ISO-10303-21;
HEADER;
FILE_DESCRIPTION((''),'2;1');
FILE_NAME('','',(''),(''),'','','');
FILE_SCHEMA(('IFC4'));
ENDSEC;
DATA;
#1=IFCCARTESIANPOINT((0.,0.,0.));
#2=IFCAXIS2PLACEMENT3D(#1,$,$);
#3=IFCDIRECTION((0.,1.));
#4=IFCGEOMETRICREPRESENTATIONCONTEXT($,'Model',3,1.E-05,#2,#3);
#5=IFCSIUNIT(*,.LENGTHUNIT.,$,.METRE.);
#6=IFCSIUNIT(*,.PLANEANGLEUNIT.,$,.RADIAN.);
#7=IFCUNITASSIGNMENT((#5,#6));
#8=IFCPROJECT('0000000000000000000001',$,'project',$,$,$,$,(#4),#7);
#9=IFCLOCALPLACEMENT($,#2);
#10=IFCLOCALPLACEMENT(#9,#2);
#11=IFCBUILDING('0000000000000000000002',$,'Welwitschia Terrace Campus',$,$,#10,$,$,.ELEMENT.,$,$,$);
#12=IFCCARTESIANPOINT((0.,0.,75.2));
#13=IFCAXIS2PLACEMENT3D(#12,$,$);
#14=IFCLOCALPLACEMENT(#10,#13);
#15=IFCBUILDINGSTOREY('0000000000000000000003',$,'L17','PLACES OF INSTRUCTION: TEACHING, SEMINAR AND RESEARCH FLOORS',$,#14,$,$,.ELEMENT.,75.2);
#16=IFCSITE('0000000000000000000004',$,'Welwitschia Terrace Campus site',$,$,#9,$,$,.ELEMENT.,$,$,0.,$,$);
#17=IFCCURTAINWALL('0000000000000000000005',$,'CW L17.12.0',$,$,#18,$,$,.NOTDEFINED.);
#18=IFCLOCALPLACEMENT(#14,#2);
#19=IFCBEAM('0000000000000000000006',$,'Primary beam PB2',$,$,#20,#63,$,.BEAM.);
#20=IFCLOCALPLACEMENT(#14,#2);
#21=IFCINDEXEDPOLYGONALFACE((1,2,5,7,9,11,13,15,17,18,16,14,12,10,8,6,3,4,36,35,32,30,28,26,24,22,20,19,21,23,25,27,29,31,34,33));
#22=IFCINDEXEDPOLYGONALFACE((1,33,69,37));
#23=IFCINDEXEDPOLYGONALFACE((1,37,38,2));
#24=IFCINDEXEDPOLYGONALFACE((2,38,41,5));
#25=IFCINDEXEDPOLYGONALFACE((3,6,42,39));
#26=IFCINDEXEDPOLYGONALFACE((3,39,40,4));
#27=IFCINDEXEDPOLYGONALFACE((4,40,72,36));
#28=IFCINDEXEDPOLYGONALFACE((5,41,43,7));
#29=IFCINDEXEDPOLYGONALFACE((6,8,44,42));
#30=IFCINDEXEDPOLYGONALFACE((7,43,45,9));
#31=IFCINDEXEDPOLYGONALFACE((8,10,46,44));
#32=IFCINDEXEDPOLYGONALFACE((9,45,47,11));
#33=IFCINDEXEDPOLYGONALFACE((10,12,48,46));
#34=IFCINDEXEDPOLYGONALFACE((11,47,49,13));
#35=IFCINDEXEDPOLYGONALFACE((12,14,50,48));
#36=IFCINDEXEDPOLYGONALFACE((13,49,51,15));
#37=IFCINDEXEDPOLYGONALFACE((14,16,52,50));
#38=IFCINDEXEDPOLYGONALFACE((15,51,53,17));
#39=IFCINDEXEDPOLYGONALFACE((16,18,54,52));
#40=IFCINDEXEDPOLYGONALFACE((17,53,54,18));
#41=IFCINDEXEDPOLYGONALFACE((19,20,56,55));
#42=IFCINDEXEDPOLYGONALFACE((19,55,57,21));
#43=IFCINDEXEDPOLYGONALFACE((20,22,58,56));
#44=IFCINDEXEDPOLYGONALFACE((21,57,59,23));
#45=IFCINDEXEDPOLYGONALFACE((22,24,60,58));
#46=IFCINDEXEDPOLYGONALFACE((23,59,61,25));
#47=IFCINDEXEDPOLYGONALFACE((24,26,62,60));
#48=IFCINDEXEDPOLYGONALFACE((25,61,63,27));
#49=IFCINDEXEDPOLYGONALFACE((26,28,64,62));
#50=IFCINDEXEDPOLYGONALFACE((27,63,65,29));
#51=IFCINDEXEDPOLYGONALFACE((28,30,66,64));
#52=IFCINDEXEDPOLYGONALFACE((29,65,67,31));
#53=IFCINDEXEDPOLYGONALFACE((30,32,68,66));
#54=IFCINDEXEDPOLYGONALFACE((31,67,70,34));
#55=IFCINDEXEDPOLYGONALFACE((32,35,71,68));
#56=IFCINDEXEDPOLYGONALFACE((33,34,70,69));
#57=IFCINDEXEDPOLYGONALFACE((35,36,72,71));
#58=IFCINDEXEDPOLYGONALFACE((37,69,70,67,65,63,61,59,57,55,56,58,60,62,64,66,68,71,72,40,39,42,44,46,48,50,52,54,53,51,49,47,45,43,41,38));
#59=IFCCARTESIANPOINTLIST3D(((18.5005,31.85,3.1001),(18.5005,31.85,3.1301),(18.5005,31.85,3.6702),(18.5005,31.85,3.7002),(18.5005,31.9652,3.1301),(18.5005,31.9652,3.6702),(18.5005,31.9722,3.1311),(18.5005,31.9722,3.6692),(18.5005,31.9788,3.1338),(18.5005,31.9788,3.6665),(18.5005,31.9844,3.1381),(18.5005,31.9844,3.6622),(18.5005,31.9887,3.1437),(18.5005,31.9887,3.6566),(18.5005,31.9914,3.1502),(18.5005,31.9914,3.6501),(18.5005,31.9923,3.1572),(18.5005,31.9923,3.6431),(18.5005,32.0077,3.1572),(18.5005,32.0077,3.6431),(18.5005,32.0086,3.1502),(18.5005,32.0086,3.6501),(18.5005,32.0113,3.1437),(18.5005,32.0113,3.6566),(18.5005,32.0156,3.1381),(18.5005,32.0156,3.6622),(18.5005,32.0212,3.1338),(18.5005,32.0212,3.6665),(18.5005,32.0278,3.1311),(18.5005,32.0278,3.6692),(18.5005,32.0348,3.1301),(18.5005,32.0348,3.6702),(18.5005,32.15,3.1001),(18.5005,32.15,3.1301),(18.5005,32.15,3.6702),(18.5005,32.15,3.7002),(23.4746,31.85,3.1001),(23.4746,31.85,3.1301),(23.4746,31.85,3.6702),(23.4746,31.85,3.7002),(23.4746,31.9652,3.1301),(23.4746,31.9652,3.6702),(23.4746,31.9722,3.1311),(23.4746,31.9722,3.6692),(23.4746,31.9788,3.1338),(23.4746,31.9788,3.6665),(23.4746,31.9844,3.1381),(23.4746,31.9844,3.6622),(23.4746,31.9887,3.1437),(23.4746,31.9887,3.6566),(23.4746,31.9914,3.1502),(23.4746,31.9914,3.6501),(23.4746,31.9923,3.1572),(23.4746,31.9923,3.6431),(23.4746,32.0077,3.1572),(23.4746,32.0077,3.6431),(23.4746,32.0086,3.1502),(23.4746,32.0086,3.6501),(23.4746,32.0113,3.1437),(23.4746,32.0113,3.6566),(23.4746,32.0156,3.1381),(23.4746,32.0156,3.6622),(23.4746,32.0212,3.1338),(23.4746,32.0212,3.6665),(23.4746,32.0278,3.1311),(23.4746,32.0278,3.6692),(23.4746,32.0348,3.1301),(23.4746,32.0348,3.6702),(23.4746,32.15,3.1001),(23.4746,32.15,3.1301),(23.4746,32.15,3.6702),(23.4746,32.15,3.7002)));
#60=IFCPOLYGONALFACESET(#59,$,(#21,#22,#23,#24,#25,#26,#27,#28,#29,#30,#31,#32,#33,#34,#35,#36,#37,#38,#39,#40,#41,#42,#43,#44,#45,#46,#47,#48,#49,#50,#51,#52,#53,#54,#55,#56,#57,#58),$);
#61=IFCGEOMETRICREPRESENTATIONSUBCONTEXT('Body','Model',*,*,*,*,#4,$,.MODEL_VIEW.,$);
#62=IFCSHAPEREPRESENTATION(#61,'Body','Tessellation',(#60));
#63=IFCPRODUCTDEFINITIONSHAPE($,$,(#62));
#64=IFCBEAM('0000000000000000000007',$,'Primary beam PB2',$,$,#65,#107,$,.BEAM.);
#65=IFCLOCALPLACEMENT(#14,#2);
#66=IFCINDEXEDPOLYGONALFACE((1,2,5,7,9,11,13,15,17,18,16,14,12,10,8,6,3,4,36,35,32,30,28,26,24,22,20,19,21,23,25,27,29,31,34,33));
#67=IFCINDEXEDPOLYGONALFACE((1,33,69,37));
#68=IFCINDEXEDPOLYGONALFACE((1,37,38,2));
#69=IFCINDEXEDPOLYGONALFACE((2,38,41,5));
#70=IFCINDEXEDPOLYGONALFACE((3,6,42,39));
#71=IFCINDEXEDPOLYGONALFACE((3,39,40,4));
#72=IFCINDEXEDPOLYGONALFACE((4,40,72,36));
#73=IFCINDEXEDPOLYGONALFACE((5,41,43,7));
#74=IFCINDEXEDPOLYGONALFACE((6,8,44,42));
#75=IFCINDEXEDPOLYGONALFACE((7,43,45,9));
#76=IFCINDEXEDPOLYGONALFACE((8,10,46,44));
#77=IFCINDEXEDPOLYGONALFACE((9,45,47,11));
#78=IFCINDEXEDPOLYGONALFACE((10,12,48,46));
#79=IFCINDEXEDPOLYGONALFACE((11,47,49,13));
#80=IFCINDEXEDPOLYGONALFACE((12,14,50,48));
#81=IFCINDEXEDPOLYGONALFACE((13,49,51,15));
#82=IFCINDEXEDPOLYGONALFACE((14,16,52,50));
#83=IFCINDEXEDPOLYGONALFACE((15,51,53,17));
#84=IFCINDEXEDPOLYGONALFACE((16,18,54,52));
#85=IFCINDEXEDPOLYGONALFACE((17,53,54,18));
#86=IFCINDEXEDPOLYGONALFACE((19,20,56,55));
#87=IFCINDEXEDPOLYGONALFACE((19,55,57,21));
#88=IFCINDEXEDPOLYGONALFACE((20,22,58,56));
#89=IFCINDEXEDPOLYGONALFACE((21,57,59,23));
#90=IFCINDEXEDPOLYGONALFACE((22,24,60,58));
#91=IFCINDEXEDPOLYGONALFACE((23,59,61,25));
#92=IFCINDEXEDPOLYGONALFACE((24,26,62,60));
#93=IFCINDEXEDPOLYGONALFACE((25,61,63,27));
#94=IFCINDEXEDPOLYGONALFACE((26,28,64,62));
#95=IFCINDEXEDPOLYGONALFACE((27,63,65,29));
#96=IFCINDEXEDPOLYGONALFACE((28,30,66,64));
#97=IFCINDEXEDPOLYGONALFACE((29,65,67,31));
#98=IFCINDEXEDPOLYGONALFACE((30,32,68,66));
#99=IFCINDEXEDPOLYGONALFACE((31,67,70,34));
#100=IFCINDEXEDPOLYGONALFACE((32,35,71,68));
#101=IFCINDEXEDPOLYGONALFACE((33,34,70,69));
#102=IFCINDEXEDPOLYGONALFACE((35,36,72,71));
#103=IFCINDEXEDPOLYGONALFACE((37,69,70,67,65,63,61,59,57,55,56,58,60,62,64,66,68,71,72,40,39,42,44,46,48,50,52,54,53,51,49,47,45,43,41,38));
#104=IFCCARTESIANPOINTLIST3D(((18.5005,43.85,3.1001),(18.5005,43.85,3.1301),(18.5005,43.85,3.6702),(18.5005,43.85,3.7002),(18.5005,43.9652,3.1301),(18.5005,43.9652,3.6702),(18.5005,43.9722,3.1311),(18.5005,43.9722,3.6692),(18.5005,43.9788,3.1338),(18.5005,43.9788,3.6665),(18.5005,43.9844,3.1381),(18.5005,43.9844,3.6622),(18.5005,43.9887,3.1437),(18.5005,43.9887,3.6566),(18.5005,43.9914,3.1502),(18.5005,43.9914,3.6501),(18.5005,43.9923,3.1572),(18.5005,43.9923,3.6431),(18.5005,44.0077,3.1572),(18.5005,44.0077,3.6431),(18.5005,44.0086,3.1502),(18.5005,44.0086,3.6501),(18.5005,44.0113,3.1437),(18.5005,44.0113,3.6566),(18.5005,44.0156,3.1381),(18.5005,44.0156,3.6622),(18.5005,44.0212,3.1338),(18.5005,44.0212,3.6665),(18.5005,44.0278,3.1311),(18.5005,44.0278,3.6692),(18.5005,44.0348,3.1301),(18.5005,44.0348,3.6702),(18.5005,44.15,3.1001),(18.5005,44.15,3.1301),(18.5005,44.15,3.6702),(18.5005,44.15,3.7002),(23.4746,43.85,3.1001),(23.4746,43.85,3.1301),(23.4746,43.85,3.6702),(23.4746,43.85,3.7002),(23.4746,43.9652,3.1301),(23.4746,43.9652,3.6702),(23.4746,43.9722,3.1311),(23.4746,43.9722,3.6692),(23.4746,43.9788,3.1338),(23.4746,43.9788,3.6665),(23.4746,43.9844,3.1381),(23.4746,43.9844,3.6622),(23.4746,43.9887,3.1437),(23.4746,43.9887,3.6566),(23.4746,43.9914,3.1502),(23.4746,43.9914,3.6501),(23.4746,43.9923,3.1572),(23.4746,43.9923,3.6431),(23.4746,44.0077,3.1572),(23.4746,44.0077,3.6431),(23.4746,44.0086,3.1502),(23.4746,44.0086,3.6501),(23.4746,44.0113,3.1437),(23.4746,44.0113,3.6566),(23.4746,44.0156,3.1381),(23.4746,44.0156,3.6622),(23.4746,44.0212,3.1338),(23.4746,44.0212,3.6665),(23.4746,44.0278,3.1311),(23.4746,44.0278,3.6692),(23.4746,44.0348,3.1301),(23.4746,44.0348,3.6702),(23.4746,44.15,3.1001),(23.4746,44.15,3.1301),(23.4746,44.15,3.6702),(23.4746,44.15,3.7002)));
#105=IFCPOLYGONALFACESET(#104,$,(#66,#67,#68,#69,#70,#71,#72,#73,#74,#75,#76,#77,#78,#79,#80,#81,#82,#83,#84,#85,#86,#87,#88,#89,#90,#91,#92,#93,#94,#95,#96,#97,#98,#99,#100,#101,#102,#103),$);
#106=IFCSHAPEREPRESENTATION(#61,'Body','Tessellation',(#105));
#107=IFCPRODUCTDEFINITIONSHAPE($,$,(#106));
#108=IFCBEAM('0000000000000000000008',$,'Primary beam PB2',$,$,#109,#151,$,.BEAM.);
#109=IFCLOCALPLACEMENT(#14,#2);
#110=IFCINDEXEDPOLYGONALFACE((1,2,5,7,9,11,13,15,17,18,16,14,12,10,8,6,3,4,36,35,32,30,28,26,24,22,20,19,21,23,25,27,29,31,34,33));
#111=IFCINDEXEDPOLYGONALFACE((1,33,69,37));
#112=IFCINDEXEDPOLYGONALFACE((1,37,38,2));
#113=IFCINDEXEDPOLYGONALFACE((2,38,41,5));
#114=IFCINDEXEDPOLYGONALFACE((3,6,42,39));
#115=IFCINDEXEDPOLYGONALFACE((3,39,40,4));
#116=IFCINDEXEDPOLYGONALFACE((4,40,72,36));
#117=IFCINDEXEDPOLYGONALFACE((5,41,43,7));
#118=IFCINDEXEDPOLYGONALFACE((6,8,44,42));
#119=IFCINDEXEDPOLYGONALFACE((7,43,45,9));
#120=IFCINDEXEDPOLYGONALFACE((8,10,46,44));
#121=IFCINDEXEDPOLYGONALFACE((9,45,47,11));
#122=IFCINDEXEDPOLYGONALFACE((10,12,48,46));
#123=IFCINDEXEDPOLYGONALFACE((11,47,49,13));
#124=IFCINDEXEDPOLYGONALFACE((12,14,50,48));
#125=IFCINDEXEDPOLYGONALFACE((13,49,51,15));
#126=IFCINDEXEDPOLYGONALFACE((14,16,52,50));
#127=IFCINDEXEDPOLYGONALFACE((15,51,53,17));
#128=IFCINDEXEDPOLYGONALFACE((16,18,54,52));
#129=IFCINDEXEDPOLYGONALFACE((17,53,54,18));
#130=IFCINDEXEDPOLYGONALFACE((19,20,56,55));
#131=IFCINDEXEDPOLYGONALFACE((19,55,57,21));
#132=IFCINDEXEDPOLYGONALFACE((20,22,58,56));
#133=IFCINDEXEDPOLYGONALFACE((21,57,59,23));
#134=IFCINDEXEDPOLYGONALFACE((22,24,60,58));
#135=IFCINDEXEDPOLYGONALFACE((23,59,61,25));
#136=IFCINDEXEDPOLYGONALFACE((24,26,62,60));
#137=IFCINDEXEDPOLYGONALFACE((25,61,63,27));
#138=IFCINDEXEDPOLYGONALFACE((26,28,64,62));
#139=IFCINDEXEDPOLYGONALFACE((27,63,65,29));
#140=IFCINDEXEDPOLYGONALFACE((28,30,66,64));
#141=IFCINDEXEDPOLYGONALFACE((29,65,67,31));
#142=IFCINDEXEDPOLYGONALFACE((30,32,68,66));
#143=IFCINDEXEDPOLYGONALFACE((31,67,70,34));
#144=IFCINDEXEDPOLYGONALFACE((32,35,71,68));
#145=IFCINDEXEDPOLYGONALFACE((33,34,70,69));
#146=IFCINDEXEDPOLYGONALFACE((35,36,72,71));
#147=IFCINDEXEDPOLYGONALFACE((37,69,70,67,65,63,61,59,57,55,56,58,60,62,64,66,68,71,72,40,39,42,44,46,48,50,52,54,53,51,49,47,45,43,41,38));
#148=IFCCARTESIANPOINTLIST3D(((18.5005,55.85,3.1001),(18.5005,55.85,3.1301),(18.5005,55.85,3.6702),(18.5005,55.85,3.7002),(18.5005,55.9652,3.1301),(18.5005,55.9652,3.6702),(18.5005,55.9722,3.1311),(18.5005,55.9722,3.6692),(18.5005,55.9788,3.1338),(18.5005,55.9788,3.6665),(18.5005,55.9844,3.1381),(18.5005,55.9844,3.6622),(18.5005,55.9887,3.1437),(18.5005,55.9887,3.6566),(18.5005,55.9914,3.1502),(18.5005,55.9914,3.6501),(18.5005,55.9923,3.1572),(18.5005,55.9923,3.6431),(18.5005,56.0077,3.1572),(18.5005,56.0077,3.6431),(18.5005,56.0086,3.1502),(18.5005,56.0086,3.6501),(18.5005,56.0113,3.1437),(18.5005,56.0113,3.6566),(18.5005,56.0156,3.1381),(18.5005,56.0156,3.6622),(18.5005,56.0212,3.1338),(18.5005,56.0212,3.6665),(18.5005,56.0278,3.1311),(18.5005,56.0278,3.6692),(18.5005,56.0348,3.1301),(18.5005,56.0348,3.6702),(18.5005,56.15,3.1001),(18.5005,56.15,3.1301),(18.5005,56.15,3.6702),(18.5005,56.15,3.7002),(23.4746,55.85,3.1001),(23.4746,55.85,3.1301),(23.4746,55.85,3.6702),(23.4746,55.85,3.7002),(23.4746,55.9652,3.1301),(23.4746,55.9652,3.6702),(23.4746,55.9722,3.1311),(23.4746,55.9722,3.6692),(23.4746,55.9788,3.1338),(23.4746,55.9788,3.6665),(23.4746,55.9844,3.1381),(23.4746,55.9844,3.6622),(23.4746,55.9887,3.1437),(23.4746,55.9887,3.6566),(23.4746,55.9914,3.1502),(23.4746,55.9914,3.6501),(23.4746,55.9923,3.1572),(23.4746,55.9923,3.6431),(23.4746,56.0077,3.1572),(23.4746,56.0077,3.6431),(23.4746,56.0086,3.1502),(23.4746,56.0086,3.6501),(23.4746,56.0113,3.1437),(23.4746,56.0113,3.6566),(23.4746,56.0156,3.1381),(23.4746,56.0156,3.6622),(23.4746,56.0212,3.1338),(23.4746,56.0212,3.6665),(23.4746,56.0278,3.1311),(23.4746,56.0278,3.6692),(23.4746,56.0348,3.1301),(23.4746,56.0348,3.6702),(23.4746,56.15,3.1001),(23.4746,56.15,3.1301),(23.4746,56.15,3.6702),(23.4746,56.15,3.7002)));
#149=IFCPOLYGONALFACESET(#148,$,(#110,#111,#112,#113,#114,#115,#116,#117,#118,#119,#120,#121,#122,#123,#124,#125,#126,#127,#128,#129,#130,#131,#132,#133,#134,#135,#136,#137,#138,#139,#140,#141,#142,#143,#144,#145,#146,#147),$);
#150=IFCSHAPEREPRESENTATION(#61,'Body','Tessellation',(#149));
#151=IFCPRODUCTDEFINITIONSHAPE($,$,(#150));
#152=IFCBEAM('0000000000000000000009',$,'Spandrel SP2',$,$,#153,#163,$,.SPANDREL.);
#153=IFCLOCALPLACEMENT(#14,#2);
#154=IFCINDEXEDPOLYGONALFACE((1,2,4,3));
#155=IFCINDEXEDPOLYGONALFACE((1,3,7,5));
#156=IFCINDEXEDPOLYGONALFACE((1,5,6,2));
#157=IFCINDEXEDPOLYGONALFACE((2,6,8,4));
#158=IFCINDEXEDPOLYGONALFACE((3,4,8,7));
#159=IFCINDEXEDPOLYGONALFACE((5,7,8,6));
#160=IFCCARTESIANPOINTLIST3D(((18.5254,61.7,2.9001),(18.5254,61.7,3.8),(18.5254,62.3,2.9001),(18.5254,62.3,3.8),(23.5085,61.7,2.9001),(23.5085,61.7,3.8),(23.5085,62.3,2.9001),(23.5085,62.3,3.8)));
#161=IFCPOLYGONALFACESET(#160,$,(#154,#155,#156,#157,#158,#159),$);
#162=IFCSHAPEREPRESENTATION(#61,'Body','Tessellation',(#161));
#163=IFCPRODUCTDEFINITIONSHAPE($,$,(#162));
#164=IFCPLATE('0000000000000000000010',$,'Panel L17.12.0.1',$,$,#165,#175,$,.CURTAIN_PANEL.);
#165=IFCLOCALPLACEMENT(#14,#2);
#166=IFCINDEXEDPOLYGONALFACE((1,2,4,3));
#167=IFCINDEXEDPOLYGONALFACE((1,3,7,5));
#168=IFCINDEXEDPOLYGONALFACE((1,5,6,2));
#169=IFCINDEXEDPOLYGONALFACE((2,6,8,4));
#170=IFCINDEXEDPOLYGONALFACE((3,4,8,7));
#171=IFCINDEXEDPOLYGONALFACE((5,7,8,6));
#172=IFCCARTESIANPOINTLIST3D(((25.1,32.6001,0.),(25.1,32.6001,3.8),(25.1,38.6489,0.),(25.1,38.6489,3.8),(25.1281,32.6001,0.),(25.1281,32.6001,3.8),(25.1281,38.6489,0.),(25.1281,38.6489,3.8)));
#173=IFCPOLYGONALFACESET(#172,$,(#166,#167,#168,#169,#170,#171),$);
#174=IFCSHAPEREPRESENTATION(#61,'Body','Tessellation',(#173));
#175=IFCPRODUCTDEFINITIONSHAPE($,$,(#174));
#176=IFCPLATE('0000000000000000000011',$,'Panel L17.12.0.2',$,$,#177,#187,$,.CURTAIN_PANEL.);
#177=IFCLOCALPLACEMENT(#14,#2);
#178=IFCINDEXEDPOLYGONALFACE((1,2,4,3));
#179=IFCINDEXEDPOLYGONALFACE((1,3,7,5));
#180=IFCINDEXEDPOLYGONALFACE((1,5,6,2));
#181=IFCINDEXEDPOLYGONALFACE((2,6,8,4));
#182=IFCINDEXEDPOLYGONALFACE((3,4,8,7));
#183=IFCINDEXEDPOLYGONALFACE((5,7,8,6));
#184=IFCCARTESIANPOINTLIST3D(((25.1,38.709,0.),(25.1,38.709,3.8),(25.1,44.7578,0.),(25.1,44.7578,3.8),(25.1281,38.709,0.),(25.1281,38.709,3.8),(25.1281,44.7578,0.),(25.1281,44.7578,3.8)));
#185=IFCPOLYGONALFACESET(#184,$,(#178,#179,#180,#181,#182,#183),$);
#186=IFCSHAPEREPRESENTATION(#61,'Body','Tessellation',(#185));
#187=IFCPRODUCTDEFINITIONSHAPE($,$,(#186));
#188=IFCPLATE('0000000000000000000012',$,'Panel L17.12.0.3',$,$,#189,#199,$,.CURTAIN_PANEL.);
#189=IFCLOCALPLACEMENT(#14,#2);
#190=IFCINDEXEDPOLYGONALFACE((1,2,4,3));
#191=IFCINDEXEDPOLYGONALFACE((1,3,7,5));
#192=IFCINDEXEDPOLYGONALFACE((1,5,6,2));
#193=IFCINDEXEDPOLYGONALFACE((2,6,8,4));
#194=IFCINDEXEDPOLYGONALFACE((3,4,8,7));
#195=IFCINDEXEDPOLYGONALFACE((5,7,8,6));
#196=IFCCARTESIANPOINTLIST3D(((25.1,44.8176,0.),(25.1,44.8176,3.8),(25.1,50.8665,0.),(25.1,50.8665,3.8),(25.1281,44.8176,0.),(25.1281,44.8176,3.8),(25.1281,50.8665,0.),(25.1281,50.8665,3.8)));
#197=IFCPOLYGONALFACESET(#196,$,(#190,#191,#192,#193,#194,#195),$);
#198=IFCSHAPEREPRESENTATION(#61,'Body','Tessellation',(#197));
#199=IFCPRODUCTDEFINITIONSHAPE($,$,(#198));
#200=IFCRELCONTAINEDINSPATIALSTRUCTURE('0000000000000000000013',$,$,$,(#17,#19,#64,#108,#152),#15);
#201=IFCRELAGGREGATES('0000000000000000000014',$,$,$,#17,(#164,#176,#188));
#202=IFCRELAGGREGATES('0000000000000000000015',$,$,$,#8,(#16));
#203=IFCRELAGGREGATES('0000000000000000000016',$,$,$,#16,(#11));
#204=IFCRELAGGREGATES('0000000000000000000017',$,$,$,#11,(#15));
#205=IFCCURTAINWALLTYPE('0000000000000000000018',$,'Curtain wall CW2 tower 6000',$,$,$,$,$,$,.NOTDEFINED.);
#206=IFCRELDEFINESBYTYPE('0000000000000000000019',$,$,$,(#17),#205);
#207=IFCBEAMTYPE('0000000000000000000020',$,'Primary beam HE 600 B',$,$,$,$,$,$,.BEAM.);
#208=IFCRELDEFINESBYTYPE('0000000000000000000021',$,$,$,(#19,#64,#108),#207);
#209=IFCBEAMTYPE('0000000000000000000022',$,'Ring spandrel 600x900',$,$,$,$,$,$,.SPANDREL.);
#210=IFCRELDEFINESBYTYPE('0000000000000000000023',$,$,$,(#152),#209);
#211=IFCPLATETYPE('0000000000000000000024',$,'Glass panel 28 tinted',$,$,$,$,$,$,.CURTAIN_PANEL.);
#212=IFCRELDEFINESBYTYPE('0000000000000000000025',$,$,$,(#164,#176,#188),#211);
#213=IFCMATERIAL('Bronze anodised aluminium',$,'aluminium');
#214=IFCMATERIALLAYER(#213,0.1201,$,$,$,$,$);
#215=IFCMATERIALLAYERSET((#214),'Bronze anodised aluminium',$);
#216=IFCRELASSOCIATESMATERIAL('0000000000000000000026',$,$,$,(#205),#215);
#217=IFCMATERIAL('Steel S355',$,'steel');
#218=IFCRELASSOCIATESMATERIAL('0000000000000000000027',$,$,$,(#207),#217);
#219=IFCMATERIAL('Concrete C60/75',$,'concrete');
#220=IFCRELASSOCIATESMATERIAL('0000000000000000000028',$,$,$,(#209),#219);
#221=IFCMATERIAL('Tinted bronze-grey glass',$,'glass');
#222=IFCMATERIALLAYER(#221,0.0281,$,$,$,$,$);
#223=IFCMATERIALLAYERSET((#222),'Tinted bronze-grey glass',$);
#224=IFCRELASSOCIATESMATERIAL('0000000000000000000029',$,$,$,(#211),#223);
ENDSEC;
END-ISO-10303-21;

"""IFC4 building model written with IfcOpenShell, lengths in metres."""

from ifc_helpers import new_model, si_unit, direction, frame, origin, origin_2d, place, context, subcontext, project, spatial, rectangle, i_section, extrude, material, layer, layer_set, material_profile, profile_set, type_object, element, aggregate, save


model = new_model("IFC4")

# Units and contexts
model_context = context("Model", 3, precision=1e-05, world=origin(), true_north=direction((0.0, 1.0)))
body_context = subcontext(model_context, "Body", "Model", "MODEL_VIEW")
ifc_project = project(units=[si_unit("LENGTHUNIT", "METRE"), si_unit("PLANEANGLEUNIT", "RADIAN")], contexts=[model_context])

# Site, building, storey
site_placement = place(None, origin())
site = spatial("IfcSite", under=ifc_project, at=site_placement, Name="Welwitschia Terrace Campus site", CompositionType="ELEMENT", RefElevation=0.0)
building_placement = place(site_placement, origin())
building = spatial("IfcBuilding", under=site, at=building_placement, Name="Welwitschia Terrace Campus", CompositionType="ELEMENT")
storey_placement = place(building_placement, frame((0.0, 0.0, 75.2)))
storey = spatial("IfcBuildingStorey", under=building, at=storey_placement, Name="L17", Description="PLACES OF INSTRUCTION: TEACHING, SEMINAR AND RESEARCH FLOORS", CompositionType="ELEMENT", Elevation=75.2)

# Curtain wall
ifc_material_1 = material(Name="Bronze anodised aluminium", Category="aluminium")
ifc_layer_1 = layer(ifc_material_1, 0.1201)
ifc_layer_set_1 = layer_set([ifc_layer_1], Name="Bronze anodised aluminium")
curtain_wall_type = type_object("IfcCurtainWallType", Name="Curtain wall CW2 tower 6000", PredefinedType="NOTDEFINED", material=ifc_layer_set_1)
curtain_wall_placement = place(storey_placement, origin())
curtain_wall = element("IfcCurtainWall", 1, at=curtain_wall_placement, inside=storey, type_object=curtain_wall_type, Name="CW L17.12.0", PredefinedType="NOTDEFINED")

# Beams
ifc_material_2 = material(Name="Steel S355", Category="steel")
ifc_material_profile_1 = material_profile(ifc_material_2, i_section(OverallWidth=0.3, OverallDepth=0.6001, WebThickness=0.0154, FlangeThickness=0.03, FilletRadius=0.0271, at=origin_2d()))
ifc_profile_set_1 = profile_set([ifc_material_profile_1], Name="Steel S355")
beam_type_1 = type_object("IfcBeamType", Name="Primary beam HE 600 B", PredefinedType="BEAM", material=ifc_profile_set_1)
for number, where, z_axis, x_axis, name in (
    (2, (23.4746, 32.0, 3.4001), (-1.0, 0.0, 0.0), (0.0, -1.0, 0.0), "Primary beam PB2"),
    (3, (23.4746, 44.0, 3.4001), (-1.0, 0.0, 0.0), (0.0, -1.0, 0.0), "Primary beam PB2"),
    (4, (23.4746, 56.0, 3.4001), (-1.0, 0.0, 0.0), (0.0, -1.0, 0.0), "Primary beam PB2"),
):
    element("IfcBeam", number, at=place(storey_placement, frame(where, z_axis=z_axis, x_axis=x_axis)), inside=storey, type_object=beam_type_1, Name=name, PredefinedType="BEAM", context=body_context, shape_type="SweptSolid", body=[
        extrude(i_section(OverallWidth=0.3, OverallDepth=0.6001, WebThickness=0.0154, FlangeThickness=0.03, FilletRadius=0.0271, at=origin_2d()), origin(), (0.0, 0.0, 1.0), 4.9741),
    ])
ifc_material_3 = material(Name="Concrete C60/75", Category="concrete")
ifc_material_profile_2 = material_profile(ifc_material_3, rectangle(XDim=0.6001, YDim=0.8999, at=origin_2d()))
ifc_profile_set_2 = profile_set([ifc_material_profile_2], Name="Concrete C60/75")
beam_type_2 = type_object("IfcBeamType", Name="Ring spandrel 600x900", PredefinedType="SPANDREL", material=ifc_profile_set_2)
beam_placement = place(storey_placement, frame((23.5085, 62.0, 3.3501), z_axis=(-1.0, 0.0, 0.0), x_axis=(0.0, -1.0, 0.0)))
element("IfcBeam", 5, at=beam_placement, inside=storey, type_object=beam_type_2, Name="Spandrel SP2", PredefinedType="SPANDREL", context=body_context, shape_type="SweptSolid", body=[
    extrude(rectangle(XDim=0.6001, YDim=0.8999, at=origin_2d()), origin(), (0.0, 0.0, 1.0), 4.9832),
])

# Plates
ifc_material_4 = material(Name="Tinted bronze-grey glass", Category="glass")
ifc_layer_2 = layer(ifc_material_4, 0.0281)
ifc_layer_set_2 = layer_set([ifc_layer_2], Name="Tinted bronze-grey glass")
plate_type = type_object("IfcPlateType", Name="Glass panel 28 tinted", PredefinedType="CURTAIN_PANEL", material=ifc_layer_set_2)
plate_1_placement = place(storey_placement, frame((25.114, 35.6245, 0.0), z_axis=(0.0, 0.0, 1.0), x_axis=(0.0, 1.0, 0.0)))
plate_1 = element("IfcPlate", 6, at=plate_1_placement, type_object=plate_type, Name="Panel L17.12.0.1", PredefinedType="CURTAIN_PANEL", context=body_context, shape_type="SweptSolid", body=[
    extrude(rectangle(XDim=6.0488, YDim=0.0281, at=origin_2d()), origin(), (0.0, 0.0, 1.0), 3.8),
])
plate_2_placement = place(storey_placement, frame((25.114, 41.7334, 0.0), z_axis=(0.0, 0.0, 1.0), x_axis=(0.0, 1.0, 0.0)))
plate_2 = element("IfcPlate", 7, at=plate_2_placement, type_object=plate_type, Name="Panel L17.12.0.2", PredefinedType="CURTAIN_PANEL", context=body_context, shape_type="SweptSolid", body=[
    extrude(rectangle(XDim=6.0488, YDim=0.0281, at=origin_2d()), origin(), (0.0, 0.0, 1.0), 3.8),
])
plate_3_placement = place(storey_placement, frame((25.114, 47.842, 0.0), z_axis=(0.0, 0.0, 1.0), x_axis=(0.0, 1.0, 0.0)))
plate_3 = element("IfcPlate", 8, at=plate_3_placement, type_object=plate_type, Name="Panel L17.12.0.3", PredefinedType="CURTAIN_PANEL", context=body_context, shape_type="SweptSolid", body=[
    extrude(rectangle(XDim=6.0488, YDim=0.0281, at=origin_2d()), origin(), (0.0, 0.0, 1.0), 3.8),
])
aggregate(curtain_wall, [plate_1, plate_2, plate_3])

save(model, "model.ifc")
